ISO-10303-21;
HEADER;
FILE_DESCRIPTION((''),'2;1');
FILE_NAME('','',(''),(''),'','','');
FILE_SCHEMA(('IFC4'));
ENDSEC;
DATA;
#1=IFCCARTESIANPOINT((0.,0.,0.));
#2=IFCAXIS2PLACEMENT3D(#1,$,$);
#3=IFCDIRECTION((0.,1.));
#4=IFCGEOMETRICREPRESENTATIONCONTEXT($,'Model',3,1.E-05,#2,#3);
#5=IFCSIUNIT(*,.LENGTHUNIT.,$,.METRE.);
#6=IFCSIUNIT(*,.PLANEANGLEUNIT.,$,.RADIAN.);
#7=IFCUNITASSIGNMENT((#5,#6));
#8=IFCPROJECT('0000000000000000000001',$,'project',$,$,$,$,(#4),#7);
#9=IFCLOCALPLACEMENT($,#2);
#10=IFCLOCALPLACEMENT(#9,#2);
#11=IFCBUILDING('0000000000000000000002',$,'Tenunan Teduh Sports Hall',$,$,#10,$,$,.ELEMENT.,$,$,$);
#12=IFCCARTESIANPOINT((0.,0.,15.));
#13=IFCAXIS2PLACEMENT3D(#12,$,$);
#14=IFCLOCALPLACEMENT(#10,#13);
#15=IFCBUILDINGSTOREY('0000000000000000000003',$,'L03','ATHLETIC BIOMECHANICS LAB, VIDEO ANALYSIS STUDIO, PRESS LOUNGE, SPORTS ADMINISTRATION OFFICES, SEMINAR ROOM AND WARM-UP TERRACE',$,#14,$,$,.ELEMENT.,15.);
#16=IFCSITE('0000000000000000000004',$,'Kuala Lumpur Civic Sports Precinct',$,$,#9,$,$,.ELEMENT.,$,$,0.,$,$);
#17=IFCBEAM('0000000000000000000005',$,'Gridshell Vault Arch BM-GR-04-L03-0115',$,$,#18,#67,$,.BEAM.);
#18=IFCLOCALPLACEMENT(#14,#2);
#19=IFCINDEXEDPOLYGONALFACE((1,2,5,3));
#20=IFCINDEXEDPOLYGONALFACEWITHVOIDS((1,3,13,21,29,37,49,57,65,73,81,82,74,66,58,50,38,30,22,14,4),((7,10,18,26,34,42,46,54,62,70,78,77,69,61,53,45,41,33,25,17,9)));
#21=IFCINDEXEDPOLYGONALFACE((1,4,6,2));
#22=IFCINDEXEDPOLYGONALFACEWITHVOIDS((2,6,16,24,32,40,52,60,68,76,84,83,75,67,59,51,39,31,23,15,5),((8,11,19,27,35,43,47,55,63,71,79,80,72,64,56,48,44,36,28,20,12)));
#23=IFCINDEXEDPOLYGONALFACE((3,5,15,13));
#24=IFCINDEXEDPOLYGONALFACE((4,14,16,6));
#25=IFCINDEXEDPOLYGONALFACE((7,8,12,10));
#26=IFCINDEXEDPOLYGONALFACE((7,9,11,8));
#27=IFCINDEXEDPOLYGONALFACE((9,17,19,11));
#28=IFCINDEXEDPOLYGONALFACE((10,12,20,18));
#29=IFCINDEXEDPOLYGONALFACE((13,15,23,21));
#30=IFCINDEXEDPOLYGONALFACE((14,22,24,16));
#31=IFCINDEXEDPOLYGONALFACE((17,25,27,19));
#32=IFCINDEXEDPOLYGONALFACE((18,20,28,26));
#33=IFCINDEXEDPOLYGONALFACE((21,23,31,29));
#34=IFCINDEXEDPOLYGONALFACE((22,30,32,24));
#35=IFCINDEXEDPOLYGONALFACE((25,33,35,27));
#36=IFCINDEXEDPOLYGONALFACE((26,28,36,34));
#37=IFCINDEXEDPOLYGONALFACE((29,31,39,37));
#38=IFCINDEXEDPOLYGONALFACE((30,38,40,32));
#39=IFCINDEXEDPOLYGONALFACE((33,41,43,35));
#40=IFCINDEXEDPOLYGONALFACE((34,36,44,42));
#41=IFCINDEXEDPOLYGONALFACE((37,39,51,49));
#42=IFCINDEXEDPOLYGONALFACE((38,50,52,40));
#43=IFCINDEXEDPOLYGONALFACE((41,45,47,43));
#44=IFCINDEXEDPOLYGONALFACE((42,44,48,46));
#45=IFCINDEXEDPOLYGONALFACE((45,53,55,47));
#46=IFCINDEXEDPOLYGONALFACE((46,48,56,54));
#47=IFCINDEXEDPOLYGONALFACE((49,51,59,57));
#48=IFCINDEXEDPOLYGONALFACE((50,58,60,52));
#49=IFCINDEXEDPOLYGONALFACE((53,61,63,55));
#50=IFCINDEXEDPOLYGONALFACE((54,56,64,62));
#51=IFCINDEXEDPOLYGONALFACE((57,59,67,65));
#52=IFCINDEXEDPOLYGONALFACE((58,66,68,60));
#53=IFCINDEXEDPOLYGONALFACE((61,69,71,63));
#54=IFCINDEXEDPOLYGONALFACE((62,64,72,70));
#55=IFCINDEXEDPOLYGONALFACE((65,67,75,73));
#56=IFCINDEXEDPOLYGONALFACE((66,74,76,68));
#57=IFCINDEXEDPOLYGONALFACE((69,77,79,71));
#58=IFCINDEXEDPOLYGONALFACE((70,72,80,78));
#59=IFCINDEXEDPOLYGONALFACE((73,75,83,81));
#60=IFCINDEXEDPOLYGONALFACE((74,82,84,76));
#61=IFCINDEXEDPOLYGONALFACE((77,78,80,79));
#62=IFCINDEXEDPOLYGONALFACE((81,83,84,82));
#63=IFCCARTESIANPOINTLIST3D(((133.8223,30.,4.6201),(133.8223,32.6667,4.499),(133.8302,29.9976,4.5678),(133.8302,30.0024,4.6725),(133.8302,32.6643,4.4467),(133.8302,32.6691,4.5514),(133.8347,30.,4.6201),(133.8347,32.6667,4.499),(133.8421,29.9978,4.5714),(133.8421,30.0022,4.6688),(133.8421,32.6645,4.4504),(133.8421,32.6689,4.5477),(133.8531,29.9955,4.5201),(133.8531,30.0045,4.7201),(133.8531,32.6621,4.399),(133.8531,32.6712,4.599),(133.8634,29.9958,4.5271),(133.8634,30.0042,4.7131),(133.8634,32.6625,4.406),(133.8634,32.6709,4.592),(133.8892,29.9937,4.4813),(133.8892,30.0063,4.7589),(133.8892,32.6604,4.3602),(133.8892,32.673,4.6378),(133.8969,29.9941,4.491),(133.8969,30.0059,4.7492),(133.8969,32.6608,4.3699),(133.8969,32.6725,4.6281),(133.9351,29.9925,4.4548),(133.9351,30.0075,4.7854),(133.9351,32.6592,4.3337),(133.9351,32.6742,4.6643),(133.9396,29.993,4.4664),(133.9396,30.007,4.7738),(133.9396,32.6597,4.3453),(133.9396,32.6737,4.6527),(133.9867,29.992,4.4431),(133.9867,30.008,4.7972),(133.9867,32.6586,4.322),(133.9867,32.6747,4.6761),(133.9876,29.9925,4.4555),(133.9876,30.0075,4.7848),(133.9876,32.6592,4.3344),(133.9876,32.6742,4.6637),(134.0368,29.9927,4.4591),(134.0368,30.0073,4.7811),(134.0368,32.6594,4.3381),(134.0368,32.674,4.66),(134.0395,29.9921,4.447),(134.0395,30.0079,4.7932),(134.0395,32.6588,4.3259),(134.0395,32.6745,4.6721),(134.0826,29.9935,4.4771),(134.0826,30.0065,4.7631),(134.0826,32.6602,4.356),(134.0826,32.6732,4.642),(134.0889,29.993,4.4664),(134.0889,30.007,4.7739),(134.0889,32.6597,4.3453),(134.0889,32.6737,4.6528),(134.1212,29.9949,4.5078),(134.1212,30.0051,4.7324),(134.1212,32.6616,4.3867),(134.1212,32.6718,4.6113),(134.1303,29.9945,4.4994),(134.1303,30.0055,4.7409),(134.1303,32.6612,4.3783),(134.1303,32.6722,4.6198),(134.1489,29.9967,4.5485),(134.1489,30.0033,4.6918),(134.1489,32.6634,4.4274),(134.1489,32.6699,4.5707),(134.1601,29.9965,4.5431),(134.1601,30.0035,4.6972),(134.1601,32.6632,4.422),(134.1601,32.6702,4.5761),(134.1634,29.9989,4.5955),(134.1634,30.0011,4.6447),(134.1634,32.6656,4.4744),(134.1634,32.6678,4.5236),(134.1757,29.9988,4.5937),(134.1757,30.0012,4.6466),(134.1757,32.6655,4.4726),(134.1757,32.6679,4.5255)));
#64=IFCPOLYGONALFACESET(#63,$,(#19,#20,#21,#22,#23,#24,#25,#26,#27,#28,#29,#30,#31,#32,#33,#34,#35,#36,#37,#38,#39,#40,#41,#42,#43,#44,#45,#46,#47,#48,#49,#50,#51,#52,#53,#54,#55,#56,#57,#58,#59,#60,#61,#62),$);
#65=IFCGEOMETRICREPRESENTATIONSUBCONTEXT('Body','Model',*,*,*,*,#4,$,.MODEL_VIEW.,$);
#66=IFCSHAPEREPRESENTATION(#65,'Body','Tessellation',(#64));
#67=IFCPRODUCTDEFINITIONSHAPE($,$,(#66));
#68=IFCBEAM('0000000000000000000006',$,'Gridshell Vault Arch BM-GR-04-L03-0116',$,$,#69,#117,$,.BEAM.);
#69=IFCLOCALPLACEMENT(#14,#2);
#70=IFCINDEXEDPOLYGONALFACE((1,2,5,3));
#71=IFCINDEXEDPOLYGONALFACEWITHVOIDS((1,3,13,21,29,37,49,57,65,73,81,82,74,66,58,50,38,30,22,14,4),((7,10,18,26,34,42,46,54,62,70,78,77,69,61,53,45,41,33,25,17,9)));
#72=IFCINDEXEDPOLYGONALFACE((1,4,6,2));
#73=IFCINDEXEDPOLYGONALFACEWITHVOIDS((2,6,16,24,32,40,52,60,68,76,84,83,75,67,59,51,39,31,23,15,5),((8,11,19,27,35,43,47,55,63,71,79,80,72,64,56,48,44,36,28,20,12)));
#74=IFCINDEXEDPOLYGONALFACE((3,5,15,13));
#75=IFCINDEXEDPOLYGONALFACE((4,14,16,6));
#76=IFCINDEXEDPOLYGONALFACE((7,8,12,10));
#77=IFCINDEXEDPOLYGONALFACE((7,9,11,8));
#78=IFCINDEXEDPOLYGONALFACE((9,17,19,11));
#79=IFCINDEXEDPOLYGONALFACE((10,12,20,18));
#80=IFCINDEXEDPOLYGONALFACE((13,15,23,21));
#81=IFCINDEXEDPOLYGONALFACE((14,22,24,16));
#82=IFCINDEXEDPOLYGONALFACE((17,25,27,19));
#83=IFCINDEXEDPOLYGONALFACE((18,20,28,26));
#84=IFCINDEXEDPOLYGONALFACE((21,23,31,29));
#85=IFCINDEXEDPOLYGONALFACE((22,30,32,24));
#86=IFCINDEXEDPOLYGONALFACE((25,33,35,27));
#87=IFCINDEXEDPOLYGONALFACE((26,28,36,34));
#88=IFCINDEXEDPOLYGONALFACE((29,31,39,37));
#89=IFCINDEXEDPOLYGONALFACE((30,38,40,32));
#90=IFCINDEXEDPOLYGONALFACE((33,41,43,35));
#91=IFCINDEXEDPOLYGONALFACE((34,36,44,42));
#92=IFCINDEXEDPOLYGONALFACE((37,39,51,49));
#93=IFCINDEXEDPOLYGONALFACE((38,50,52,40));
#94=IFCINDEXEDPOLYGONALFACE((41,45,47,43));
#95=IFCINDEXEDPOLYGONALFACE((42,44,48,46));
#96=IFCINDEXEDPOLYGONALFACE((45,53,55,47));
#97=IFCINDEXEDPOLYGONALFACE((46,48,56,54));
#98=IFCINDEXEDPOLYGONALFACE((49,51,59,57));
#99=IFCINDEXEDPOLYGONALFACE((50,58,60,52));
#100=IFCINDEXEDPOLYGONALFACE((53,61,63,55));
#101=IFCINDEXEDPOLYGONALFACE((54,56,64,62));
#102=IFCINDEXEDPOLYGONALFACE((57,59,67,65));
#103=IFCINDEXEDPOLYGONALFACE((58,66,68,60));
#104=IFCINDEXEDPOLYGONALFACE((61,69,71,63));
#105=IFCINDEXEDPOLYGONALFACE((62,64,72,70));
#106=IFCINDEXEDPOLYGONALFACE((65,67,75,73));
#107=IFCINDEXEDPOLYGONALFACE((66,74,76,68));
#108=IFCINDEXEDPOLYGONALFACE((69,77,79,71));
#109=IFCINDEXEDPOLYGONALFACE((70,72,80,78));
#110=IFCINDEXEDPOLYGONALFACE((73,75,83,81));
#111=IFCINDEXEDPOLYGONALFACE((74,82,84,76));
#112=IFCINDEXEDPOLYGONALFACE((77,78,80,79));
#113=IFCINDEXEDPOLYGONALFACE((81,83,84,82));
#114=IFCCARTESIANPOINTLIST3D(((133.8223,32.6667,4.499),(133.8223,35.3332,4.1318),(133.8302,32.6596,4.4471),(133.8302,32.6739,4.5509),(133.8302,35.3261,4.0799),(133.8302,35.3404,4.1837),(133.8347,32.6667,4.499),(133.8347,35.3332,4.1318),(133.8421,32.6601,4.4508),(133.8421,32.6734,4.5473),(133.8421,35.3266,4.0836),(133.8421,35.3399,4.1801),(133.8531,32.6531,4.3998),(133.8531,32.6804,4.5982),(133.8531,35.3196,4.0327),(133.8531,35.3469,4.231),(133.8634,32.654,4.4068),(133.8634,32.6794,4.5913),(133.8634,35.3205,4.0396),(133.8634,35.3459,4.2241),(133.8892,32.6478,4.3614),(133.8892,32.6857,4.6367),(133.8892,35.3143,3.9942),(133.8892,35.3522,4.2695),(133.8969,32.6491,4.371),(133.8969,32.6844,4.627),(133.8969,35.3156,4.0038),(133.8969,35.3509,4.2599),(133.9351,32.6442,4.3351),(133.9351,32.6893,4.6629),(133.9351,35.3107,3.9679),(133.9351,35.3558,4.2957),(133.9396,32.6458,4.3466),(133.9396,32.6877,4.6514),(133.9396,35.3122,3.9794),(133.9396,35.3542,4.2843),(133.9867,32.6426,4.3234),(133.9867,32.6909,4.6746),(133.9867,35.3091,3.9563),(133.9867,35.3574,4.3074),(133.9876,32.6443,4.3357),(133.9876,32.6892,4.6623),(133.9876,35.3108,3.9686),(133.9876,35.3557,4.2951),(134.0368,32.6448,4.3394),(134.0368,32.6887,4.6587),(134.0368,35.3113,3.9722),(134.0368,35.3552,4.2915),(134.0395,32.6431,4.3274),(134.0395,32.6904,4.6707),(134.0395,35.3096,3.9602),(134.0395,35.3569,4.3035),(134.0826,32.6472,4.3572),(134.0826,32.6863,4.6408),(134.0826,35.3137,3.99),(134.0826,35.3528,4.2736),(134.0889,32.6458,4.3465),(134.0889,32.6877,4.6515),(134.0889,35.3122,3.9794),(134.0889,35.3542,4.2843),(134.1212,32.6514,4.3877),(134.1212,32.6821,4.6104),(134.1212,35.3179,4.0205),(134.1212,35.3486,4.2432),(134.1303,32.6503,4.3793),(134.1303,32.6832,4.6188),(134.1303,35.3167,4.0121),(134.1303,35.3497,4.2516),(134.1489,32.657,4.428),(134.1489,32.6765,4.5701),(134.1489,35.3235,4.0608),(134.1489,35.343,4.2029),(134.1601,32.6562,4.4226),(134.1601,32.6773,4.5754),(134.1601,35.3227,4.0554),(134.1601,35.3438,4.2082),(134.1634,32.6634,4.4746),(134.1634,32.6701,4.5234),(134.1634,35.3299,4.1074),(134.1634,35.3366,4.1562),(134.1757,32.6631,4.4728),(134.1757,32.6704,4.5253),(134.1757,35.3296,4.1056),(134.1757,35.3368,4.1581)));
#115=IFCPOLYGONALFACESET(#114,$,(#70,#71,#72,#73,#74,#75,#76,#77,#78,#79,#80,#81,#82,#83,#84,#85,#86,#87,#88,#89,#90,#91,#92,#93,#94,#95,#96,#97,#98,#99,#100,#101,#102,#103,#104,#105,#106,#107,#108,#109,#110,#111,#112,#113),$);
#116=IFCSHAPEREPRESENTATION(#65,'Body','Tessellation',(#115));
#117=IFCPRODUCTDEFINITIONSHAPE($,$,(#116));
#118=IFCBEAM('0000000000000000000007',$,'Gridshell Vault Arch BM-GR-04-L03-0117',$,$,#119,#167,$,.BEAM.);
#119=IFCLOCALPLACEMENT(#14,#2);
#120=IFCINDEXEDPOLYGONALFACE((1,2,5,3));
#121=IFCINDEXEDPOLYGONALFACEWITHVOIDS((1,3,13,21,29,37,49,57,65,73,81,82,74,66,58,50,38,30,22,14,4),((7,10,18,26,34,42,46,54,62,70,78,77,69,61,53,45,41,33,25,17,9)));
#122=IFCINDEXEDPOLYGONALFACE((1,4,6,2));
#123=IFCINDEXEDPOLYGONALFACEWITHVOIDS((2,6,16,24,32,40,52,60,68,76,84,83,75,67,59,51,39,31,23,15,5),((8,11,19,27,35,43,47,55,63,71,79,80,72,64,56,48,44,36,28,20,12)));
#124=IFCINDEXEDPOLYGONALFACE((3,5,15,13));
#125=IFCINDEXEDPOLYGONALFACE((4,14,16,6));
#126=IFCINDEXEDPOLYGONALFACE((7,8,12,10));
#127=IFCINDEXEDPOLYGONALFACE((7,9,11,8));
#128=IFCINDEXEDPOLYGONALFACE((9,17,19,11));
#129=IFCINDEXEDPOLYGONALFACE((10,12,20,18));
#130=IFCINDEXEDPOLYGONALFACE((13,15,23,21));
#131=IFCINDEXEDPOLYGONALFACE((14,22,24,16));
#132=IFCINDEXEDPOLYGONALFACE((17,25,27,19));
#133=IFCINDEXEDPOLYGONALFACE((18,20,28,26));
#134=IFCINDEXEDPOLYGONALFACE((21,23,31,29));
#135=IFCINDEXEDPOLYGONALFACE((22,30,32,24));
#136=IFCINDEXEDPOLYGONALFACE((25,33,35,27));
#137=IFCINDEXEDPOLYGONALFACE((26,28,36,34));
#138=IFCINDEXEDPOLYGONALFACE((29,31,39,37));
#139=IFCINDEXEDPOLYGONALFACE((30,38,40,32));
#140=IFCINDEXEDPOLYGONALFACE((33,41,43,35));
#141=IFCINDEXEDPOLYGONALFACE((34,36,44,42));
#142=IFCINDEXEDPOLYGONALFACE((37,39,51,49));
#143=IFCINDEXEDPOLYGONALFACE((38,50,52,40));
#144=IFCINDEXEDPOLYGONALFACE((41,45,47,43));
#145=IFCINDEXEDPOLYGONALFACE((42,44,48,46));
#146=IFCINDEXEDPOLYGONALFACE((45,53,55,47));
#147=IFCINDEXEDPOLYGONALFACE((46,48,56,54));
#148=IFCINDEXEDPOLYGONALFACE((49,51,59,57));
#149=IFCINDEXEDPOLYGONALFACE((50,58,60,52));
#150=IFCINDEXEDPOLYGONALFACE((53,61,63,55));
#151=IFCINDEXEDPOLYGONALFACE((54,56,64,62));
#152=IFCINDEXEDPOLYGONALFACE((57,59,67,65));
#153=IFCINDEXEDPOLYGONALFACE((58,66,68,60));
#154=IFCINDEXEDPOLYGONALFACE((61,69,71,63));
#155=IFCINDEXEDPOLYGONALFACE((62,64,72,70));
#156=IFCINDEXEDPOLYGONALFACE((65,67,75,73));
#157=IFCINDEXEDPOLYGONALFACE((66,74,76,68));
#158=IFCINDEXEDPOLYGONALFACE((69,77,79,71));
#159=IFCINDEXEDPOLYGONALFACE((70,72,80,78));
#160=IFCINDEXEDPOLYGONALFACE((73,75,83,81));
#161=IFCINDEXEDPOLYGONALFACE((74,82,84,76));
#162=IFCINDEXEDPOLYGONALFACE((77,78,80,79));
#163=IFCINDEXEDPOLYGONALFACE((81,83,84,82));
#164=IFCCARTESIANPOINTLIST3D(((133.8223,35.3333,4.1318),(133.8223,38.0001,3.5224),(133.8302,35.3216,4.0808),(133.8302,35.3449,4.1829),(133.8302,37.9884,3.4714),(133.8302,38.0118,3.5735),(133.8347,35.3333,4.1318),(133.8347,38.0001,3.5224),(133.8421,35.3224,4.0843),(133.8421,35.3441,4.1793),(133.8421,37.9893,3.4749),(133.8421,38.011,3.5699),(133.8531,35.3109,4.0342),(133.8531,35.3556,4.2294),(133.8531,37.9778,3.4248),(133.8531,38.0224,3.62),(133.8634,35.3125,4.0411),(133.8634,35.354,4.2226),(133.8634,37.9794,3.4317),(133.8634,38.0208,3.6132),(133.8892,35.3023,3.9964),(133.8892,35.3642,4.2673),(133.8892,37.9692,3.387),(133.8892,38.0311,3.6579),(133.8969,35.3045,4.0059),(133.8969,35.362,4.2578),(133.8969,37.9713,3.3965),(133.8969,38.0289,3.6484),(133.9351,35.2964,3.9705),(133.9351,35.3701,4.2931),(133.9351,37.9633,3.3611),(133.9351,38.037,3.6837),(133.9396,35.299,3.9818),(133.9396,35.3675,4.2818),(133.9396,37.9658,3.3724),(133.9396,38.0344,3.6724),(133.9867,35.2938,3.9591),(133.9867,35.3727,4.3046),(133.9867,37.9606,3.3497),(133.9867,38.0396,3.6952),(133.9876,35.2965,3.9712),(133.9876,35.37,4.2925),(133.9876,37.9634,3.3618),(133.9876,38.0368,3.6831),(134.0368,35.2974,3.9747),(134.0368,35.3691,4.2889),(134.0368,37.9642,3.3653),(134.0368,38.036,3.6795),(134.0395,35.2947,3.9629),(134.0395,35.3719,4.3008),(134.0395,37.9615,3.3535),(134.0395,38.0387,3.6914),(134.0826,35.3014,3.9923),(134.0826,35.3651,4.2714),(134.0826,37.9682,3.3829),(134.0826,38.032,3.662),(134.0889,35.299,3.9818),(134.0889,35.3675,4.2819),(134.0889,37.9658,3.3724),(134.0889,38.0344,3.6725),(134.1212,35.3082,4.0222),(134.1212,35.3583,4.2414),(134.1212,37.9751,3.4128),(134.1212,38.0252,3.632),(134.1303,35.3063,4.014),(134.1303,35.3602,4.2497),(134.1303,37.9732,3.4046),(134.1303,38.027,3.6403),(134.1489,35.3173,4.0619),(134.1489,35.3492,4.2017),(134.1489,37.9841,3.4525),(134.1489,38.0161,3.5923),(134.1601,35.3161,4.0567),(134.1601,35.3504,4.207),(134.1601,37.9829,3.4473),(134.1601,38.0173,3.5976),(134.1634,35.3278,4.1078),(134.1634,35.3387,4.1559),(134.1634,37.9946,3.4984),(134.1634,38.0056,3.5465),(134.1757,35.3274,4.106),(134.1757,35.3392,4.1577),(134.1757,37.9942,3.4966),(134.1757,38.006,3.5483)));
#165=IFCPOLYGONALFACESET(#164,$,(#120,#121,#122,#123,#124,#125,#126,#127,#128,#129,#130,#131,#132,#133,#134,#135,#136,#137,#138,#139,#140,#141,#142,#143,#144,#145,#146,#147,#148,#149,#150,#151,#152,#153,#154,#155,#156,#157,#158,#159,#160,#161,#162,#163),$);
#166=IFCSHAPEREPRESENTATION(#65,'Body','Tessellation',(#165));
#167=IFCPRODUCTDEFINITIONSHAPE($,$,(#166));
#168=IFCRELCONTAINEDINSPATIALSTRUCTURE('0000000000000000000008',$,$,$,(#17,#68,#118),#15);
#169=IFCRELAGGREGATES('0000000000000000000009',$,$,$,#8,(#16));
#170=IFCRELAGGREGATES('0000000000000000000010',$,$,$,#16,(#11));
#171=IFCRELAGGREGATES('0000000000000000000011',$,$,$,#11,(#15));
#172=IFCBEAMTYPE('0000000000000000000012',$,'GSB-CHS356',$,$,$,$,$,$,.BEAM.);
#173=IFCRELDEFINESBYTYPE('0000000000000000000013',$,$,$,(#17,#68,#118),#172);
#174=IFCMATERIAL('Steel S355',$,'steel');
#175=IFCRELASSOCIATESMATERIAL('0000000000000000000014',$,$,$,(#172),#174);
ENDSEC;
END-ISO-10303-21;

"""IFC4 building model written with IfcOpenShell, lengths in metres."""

from ifc_helpers import new_model, si_unit, direction, frame, origin, origin_2d, place, context, subcontext, project, spatial, hollow_circle, extrude, material, material_profile, profile_set, type_object, element, save


model = new_model("IFC4")

# Units and contexts
model_context = context("Model", 3, precision=1e-05, world=origin(), true_north=direction((0.0, 1.0)))
body_context = subcontext(model_context, "Body", "Model", "MODEL_VIEW")
ifc_project = project(units=[si_unit("LENGTHUNIT", "METRE"), si_unit("PLANEANGLEUNIT", "RADIAN")], contexts=[model_context])

# Site, building, storey
site_placement = place(None, origin())
site = spatial("IfcSite", under=ifc_project, at=site_placement, Name="Kuala Lumpur Civic Sports Precinct", CompositionType="ELEMENT", RefElevation=0.0)
building_placement = place(site_placement, origin())
building = spatial("IfcBuilding", under=site, at=building_placement, Name="Tenunan Teduh Sports Hall", CompositionType="ELEMENT")
storey_placement = place(building_placement, frame((0.0, 0.0, 15.0)))
storey = spatial("IfcBuildingStorey", under=building, at=storey_placement, Name="L03", Description="ATHLETIC BIOMECHANICS LAB, VIDEO ANALYSIS STUDIO, PRESS LOUNGE, SPORTS ADMINISTRATION OFFICES, SEMINAR ROOM AND WARM-UP TERRACE", CompositionType="ELEMENT", Elevation=15.0)

# Beams
ifc_material_1 = material(Name="Steel S355", Category="steel")
ifc_material_profile_1 = material_profile(ifc_material_1, hollow_circle(Radius=0.1777, WallThickness=0.0125, at=origin_2d()), Name="CHS 355.6x12.5")
ifc_profile_set_1 = profile_set([ifc_material_profile_1], Name="Steel S355")
beam_type_1 = type_object("IfcBeamType", Name="GSB-CHS356", PredefinedType="BEAM", material=ifc_profile_set_1)
beam_1_placement = place(storey_placement, frame((134.0, 30.0, 4.6201), z_axis=(0.0, 0.998971, -0.045362), x_axis=(-1.0, 0.0, 0.0)))
element("IfcBeam", 1, at=beam_1_placement, inside=storey, type_object=beam_type_1, Name="Gridshell Vault Arch BM-GR-04-L03-0115", PredefinedType="BEAM", context=body_context, shape_type="SweptSolid", body=[
    extrude(hollow_circle(Radius=0.1777, WallThickness=0.0125, at=origin_2d()), origin(), (0.0, 0.0, 1.0), 2.6694),
])
beam_2_placement = place(storey_placement, frame((134.0, 32.6667, 4.499), z_axis=(0.0, 0.990652, -0.136416), x_axis=(-1.0, 0.0, 0.0)))
element("IfcBeam", 2, at=beam_2_placement, inside=storey, type_object=beam_type_1, Name="Gridshell Vault Arch BM-GR-04-L03-0116", PredefinedType="BEAM", context=body_context, shape_type="SweptSolid", body=[
    extrude(hollow_circle(Radius=0.1777, WallThickness=0.0125, at=origin_2d()), origin(), (0.0, 0.0, 1.0), 2.6917),
])
beam_3_placement = place(storey_placement, frame((134.0, 35.3333, 4.1318), z_axis=(0.0, 0.974872, -0.222767), x_axis=(-1.0, 0.0, 0.0)))
element("IfcBeam", 3, at=beam_3_placement, inside=storey, type_object=beam_type_1, Name="Gridshell Vault Arch BM-GR-04-L03-0117", PredefinedType="BEAM", context=body_context, shape_type="SweptSolid", body=[
    extrude(hollow_circle(Radius=0.1777, WallThickness=0.0125, at=origin_2d()), origin(), (0.0, 0.0, 1.0), 2.7356),
])

save(model, "model.ifc")
